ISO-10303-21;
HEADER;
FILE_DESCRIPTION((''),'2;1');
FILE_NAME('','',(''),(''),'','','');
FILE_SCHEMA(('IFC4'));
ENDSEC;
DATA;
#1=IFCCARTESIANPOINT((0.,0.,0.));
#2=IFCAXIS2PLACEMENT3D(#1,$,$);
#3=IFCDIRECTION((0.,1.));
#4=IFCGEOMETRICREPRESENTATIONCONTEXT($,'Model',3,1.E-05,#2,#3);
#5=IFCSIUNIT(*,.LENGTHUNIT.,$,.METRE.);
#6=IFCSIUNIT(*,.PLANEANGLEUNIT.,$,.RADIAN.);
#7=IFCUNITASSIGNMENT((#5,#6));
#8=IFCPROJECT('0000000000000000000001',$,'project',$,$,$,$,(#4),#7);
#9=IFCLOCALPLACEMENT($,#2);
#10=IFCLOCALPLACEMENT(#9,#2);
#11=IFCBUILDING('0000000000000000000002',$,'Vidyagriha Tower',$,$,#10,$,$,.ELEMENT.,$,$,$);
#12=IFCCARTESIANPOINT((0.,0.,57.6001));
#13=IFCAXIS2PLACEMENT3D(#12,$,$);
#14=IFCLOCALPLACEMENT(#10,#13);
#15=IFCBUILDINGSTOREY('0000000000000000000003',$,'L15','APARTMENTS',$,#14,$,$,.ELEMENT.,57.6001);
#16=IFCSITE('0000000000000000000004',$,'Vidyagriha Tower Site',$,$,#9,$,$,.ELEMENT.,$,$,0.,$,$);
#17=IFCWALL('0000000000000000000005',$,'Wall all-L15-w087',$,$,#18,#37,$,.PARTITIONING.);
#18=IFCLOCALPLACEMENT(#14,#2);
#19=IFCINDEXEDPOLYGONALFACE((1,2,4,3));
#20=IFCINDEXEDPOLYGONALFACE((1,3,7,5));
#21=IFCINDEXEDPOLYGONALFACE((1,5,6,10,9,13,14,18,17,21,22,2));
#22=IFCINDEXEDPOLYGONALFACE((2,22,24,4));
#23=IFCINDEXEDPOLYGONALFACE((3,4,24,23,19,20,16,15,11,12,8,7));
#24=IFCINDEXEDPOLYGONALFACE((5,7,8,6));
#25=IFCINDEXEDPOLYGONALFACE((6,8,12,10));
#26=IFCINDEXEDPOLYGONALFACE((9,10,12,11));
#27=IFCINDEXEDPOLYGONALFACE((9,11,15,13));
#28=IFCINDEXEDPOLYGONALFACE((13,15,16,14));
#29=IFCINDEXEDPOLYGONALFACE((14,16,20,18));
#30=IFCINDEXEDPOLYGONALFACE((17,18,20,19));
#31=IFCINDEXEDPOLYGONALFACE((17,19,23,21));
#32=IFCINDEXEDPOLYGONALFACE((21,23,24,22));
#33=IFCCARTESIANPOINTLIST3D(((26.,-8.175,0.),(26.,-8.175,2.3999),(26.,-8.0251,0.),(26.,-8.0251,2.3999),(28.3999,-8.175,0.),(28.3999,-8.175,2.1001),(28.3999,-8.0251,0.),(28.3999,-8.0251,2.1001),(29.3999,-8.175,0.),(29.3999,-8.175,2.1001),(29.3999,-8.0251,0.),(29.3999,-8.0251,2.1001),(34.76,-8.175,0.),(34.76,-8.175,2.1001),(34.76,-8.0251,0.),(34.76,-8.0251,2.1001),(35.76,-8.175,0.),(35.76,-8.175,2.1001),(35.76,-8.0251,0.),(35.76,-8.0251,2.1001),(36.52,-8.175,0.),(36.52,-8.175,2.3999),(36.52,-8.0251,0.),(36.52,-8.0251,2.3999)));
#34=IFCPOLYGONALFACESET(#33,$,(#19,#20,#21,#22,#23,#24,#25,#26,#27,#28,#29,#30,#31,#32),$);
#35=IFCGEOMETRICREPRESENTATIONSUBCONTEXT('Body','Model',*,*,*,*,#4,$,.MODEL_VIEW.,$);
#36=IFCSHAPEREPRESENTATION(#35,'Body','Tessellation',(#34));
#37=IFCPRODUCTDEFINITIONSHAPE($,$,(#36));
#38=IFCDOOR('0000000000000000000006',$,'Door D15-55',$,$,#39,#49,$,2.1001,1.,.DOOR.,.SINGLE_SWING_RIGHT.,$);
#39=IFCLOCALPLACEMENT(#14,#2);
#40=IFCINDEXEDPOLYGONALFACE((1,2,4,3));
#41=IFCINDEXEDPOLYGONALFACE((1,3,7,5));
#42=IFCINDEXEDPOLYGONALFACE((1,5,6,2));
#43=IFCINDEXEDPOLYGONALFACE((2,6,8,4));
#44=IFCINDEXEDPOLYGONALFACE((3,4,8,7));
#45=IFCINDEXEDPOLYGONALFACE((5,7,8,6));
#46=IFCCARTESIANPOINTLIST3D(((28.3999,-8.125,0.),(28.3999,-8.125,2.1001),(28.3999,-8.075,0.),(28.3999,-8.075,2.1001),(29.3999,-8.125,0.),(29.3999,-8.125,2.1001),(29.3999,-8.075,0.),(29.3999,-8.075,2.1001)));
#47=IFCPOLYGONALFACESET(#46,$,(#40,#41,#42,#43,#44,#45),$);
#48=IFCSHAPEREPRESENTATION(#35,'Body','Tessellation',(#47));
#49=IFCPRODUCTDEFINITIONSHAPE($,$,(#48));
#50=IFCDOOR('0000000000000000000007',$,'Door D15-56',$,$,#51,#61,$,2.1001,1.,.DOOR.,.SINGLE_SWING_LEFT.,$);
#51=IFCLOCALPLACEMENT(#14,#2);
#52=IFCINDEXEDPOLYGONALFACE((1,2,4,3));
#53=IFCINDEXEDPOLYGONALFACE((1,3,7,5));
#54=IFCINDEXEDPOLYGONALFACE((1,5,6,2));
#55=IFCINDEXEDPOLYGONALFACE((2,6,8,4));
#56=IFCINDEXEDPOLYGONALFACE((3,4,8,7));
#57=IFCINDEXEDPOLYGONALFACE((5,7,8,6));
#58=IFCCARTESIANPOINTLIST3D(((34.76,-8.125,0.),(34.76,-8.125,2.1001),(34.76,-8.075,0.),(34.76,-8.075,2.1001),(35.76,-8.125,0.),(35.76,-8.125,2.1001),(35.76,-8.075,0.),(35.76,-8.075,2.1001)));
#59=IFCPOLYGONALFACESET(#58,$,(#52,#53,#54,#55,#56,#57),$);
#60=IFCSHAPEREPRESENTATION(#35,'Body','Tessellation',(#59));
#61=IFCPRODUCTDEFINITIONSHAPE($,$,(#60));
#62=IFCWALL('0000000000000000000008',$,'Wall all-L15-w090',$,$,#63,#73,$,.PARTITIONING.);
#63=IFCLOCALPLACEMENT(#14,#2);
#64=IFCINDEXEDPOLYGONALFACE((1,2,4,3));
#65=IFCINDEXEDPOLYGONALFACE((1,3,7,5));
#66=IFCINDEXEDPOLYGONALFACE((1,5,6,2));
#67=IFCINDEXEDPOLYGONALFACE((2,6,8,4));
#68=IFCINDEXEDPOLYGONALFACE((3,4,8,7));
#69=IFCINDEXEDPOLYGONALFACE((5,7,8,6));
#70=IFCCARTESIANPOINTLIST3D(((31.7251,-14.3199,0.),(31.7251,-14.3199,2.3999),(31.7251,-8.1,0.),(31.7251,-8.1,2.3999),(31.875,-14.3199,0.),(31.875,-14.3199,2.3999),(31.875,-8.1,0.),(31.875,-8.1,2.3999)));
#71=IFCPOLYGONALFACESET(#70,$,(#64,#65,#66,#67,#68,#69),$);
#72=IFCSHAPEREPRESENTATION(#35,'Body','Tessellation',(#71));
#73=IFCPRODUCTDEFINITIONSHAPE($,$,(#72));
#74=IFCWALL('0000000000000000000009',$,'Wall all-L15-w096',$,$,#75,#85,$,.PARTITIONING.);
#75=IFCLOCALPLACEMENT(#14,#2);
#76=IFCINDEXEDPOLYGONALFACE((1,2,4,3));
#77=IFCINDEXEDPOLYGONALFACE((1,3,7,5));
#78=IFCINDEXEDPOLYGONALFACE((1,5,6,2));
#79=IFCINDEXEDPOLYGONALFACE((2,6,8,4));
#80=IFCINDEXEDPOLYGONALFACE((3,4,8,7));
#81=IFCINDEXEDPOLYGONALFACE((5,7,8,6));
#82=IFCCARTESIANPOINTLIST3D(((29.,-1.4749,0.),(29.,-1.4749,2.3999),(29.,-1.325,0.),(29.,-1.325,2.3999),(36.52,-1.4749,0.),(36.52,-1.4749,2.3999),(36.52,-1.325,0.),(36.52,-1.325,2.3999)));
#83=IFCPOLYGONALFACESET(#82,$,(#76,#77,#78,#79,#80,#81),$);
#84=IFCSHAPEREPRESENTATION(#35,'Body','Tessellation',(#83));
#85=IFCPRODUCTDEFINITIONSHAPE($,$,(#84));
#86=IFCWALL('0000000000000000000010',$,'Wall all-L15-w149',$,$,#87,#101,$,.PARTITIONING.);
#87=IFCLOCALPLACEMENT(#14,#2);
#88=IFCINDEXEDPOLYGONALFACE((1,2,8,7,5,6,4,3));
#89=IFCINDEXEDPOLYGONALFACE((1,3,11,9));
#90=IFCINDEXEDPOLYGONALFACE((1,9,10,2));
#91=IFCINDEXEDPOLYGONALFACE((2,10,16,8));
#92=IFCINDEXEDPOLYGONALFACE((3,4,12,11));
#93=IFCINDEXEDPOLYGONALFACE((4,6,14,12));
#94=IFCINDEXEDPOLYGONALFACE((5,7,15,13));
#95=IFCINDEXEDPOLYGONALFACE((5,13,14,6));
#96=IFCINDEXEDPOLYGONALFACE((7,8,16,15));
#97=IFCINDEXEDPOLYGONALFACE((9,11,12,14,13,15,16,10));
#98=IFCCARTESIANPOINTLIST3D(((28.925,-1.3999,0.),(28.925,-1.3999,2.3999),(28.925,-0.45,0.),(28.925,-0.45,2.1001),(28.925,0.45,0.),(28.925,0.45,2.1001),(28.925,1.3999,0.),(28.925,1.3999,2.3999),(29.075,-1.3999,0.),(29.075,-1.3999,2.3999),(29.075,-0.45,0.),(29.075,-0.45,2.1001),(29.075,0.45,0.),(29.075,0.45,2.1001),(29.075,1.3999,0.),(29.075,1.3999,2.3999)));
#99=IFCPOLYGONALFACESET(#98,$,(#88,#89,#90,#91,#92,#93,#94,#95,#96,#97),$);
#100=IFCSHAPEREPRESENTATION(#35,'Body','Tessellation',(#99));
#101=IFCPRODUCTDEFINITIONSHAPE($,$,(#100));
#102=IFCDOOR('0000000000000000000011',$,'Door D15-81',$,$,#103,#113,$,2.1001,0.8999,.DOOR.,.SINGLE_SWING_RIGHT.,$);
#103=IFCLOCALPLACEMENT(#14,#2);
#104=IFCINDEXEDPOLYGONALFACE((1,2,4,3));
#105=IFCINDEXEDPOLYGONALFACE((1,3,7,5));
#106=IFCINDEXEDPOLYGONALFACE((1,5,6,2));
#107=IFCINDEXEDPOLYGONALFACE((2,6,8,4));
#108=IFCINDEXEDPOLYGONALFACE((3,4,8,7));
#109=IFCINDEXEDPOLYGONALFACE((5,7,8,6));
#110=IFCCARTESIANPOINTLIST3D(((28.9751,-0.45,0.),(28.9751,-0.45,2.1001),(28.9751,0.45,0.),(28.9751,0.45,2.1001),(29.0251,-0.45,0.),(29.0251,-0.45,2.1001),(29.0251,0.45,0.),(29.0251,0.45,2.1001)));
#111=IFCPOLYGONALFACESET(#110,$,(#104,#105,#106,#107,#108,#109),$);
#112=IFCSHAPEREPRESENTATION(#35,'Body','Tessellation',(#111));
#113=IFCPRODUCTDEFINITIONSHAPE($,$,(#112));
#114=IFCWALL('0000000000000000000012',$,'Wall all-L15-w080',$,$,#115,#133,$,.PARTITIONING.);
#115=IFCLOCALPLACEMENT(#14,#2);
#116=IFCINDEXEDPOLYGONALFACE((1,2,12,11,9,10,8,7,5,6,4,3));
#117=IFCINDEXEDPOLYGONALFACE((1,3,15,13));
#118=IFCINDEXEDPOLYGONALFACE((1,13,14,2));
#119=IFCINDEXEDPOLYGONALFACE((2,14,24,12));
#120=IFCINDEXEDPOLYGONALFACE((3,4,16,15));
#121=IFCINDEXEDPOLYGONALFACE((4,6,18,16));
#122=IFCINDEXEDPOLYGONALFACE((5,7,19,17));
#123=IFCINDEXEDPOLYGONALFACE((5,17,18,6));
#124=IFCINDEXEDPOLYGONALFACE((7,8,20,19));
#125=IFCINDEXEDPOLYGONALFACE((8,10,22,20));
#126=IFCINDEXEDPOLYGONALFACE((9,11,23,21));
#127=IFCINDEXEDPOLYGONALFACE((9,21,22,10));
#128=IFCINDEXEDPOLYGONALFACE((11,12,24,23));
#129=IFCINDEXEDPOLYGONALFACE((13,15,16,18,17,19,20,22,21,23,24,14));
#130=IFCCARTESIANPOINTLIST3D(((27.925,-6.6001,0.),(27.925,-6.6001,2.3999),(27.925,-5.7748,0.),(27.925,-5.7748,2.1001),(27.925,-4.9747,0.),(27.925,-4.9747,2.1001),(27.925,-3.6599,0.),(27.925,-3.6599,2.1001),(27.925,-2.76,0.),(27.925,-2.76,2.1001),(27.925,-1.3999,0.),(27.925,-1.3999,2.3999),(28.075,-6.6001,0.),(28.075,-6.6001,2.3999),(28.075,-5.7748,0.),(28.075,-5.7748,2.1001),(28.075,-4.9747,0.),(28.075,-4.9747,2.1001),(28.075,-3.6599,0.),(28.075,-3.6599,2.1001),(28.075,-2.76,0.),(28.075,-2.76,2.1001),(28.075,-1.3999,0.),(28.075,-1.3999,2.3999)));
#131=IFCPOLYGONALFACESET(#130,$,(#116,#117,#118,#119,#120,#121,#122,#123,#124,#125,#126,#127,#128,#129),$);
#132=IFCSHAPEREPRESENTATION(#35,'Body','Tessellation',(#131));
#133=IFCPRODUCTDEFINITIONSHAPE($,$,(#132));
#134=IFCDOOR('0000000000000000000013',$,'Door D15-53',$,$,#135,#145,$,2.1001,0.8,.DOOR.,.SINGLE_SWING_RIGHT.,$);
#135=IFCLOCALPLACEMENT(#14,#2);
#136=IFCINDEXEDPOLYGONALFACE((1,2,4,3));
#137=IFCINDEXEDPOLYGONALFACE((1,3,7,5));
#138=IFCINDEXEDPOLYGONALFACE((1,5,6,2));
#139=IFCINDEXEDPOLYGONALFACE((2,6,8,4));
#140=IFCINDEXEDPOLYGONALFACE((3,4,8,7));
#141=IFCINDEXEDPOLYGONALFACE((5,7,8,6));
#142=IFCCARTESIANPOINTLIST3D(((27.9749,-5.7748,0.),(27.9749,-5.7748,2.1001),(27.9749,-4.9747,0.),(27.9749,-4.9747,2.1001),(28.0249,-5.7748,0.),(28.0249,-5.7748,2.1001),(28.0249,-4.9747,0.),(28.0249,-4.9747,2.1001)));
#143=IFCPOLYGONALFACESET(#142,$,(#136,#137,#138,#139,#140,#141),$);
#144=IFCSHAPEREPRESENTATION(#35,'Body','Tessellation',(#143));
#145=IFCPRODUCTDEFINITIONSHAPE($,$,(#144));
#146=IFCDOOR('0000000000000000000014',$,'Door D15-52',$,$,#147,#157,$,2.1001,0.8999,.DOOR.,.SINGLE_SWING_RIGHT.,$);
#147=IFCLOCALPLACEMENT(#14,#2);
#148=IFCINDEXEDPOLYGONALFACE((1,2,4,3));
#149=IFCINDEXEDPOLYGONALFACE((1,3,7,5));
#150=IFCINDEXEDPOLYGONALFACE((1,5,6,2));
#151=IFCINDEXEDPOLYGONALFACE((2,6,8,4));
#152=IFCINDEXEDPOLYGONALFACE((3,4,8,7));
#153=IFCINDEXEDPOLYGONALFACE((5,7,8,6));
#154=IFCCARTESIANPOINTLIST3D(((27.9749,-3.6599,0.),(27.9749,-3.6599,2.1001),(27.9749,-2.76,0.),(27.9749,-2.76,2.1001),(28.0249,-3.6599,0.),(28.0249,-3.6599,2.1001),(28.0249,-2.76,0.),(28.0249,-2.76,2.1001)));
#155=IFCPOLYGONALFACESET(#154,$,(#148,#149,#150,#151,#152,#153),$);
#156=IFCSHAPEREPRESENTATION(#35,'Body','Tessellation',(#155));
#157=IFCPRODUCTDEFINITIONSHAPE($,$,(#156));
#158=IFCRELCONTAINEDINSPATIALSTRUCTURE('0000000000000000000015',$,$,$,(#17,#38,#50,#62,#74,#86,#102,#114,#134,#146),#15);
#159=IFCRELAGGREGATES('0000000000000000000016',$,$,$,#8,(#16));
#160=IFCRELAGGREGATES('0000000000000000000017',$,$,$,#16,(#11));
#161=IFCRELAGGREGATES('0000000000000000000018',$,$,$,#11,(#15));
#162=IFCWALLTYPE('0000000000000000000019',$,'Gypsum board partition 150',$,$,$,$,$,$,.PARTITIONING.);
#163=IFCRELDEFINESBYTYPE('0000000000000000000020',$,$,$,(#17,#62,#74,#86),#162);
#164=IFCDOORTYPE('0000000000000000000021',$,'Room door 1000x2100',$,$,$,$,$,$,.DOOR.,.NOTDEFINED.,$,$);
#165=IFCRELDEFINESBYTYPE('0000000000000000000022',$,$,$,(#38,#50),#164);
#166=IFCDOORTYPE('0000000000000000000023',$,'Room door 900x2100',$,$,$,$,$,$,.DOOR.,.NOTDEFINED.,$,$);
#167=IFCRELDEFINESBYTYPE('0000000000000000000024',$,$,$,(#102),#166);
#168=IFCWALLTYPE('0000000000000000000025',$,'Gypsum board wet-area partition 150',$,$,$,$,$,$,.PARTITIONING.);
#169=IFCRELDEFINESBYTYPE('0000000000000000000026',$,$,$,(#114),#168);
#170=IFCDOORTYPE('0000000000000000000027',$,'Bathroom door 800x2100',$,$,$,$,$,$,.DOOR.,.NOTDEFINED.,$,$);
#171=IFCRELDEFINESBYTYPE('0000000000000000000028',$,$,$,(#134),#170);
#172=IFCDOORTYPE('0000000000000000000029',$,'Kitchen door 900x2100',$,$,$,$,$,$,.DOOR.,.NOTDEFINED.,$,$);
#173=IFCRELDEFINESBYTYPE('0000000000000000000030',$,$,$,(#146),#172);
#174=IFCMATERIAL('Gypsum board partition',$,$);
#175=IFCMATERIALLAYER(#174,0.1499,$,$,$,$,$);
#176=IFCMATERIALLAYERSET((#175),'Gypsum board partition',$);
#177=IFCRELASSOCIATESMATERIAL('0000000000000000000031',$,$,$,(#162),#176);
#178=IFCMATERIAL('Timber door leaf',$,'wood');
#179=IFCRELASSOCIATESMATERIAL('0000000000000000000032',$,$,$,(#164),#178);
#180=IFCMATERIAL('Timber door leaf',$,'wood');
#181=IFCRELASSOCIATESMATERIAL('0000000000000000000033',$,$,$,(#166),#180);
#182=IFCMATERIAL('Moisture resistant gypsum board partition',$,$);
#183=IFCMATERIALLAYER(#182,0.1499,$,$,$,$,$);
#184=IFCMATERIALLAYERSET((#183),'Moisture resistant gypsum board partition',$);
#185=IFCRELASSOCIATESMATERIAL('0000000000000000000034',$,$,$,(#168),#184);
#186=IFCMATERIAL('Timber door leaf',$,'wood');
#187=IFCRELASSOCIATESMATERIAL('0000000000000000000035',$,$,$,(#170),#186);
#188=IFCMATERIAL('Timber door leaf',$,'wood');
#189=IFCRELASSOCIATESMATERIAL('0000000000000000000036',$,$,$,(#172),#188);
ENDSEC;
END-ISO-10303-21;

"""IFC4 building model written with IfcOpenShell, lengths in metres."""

from ifc_helpers import new_model, si_unit, direction, frame, frame_2d, origin, place, context, subcontext, project, spatial, rectangle, extrude, material, layer, layer_set, type_object, element, fill, save


model = new_model("IFC4")

# Units and contexts
model_context = context("Model", 3, precision=1e-05, world=origin(), true_north=direction((0.0, 1.0)))
body_context = subcontext(model_context, "Body", "Model", "MODEL_VIEW")
ifc_project = project(units=[si_unit("LENGTHUNIT", "METRE"), si_unit("PLANEANGLEUNIT", "RADIAN")], contexts=[model_context])

# Site, building, storey
site_placement = place(None, origin())
site = spatial("IfcSite", under=ifc_project, at=site_placement, Name="Vidyagriha Tower Site", CompositionType="ELEMENT", RefElevation=0.0)
building_placement = place(site_placement, origin())
building = spatial("IfcBuilding", under=site, at=building_placement, Name="Vidyagriha Tower", CompositionType="ELEMENT")
storey_placement = place(building_placement, frame((0.0, 0.0, 57.6001)))
storey = spatial("IfcBuildingStorey", under=building, at=storey_placement, Name="L15", Description="APARTMENTS", CompositionType="ELEMENT", Elevation=57.6001)

# Shared definitions
ifc_material_1 = material(Name="Gypsum board partition")
ifc_layer_1 = layer(ifc_material_1, 0.1499)
ifc_layer_set_1 = layer_set([ifc_layer_1], Name="Gypsum board partition")
wall_type_1 = type_object("IfcWallType", Name="Gypsum board partition 150", PredefinedType="PARTITIONING", material=ifc_layer_set_1)
ifc_material_2 = material(Name="Timber door leaf", Category="wood")
door_type_1 = type_object("IfcDoorType", Name="Room door 1000x2100", OperationType="NOTDEFINED", PredefinedType="DOOR", material=ifc_material_2)
ifc_material_3 = material(Name="Timber door leaf", Category="wood")
door_type_2 = type_object("IfcDoorType", Name="Room door 900x2100", OperationType="NOTDEFINED", PredefinedType="DOOR", material=ifc_material_3)

# Wall, openings, doors
wall_1_placement = place(storey_placement, frame((36.52, -8.1001, 0.0), z_axis=(0.0, 0.0, 1.0), x_axis=(-1.0, 0.0, 0.0)))
wall_1 = element("IfcWall", 1, at=wall_1_placement, inside=storey, type_object=wall_type_1, Name="Wall all-L15-w087", PredefinedType="PARTITIONING", context=body_context, shape_type="SweptSolid", body=[
    extrude(rectangle(XDim=10.52, YDim=0.1499, at=frame_2d((5.26, 0.0))), origin(), (0.0, 0.0, 1.0), 2.3999),
])
opening_1_placement = place(wall_1_placement, frame((7.1201, 0.0, 0.0)))
opening_1 = element("IfcOpeningElement", 2, at=opening_1_placement, cuts=wall_1, PredefinedType="OPENING", context=body_context, shape_type="SweptSolid", body=[
    extrude(rectangle(XDim=1.0, YDim=2.1001, at=frame_2d((0.5, 1.05))), frame((0.0, 0.085, 0.0), z_axis=(0.0, -1.0, 0.0), x_axis=(1.0, 0.0, 0.0)), (0.0, 0.0, 1.0), 0.1699),
])
opening_2_placement = place(wall_1_placement, frame((0.76, 0.0, 0.0)))
opening_2 = element("IfcOpeningElement", 3, at=opening_2_placement, cuts=wall_1, PredefinedType="OPENING", context=body_context, shape_type="SweptSolid", body=[
    extrude(rectangle(XDim=1.0, YDim=2.1001, at=frame_2d((0.5, 1.05))), frame((0.0, 0.085, 0.0), z_axis=(0.0, -1.0, 0.0), x_axis=(1.0, 0.0, 0.0)), (0.0, 0.0, 1.0), 0.1699),
])
door_1_placement = place(opening_1_placement, origin())
door_1 = element("IfcDoor", 4, at=door_1_placement, inside=storey, type_object=door_type_1, Name="Door D15-55", OperationType="SINGLE_SWING_RIGHT", OverallHeight=2.1001, OverallWidth=1.0, PredefinedType="DOOR", context=body_context, shape_type="SweptSolid", body=[
    extrude(rectangle(XDim=1.0, YDim=2.1001, at=frame_2d((0.5, 1.05))), frame((0.0, 0.0249, 0.0), z_axis=(0.0, -1.0, 0.0), x_axis=(1.0, 0.0, 0.0)), (0.0, 0.0, 1.0), 0.05),
])
fill(opening_1, door_1)
door_2_placement = place(opening_2_placement, origin())
door_2 = element("IfcDoor", 5, at=door_2_placement, inside=storey, type_object=door_type_1, Name="Door D15-56", OperationType="SINGLE_SWING_LEFT", OverallHeight=2.1001, OverallWidth=1.0, PredefinedType="DOOR", context=body_context, shape_type="SweptSolid", body=[
    extrude(rectangle(XDim=1.0, YDim=2.1001, at=frame_2d((0.5, 1.05))), frame((0.0, 0.0249, 0.0), z_axis=(0.0, -1.0, 0.0), x_axis=(1.0, 0.0, 0.0)), (0.0, 0.0, 1.0), 0.05),
])
fill(opening_2, door_2)

# Walls
wall_2_placement = place(storey_placement, frame((31.8, -8.1001, 0.0), z_axis=(0.0, 0.0, 1.0), x_axis=(0.0, -1.0, 0.0)))
element("IfcWall", 6, at=wall_2_placement, inside=storey, type_object=wall_type_1, Name="Wall all-L15-w090", PredefinedType="PARTITIONING", context=body_context, shape_type="SweptSolid", body=[
    extrude(rectangle(XDim=6.22, YDim=0.1499, at=frame_2d((3.1099, 0.0))), origin(), (0.0, 0.0, 1.0), 2.3999),
])
wall_3_placement = place(storey_placement, frame((36.52, -1.3999, 0.0), z_axis=(0.0, 0.0, 1.0), x_axis=(-1.0, 0.0, 0.0)))
element("IfcWall", 7, at=wall_3_placement, inside=storey, type_object=wall_type_1, Name="Wall all-L15-w096", PredefinedType="PARTITIONING", context=body_context, shape_type="SweptSolid", body=[
    extrude(rectangle(XDim=7.52, YDim=0.1499, at=frame_2d((3.76, 0.0))), origin(), (0.0, 0.0, 1.0), 2.3999),
])

# Wall, opening, door
wall_4_placement = place(storey_placement, frame((29.0, -1.3999, 0.0), z_axis=(0.0, 0.0, 1.0), x_axis=(0.0, 1.0, 0.0)))
wall_4 = element("IfcWall", 8, at=wall_4_placement, inside=storey, type_object=wall_type_1, Name="Wall all-L15-w149", PredefinedType="PARTITIONING", context=body_context, shape_type="SweptSolid", body=[
    extrude(rectangle(XDim=2.7998, YDim=0.1499, at=frame_2d((1.3999, 0.0))), origin(), (0.0, 0.0, 1.0), 2.3999),
])
opening_3_placement = place(wall_4_placement, frame((0.95, 0.0, 0.0)))
opening_3 = element("IfcOpeningElement", 9, at=opening_3_placement, cuts=wall_4, PredefinedType="OPENING", context=body_context, shape_type="SweptSolid", body=[
    extrude(rectangle(XDim=0.8999, YDim=2.1001, at=frame_2d((0.45, 1.05))), frame((0.0, 0.085, 0.0), z_axis=(0.0, -1.0, 0.0), x_axis=(1.0, 0.0, 0.0)), (0.0, 0.0, 1.0), 0.1699),
])
door_3_placement = place(opening_3_placement, origin())
door_3 = element("IfcDoor", 10, at=door_3_placement, inside=storey, type_object=door_type_2, Name="Door D15-81", OperationType="SINGLE_SWING_RIGHT", OverallHeight=2.1001, OverallWidth=0.8999, PredefinedType="DOOR", context=body_context, shape_type="SweptSolid", body=[
    extrude(rectangle(XDim=0.8999, YDim=2.1001, at=frame_2d((0.45, 1.05))), frame((0.0, 0.0249, 0.0), z_axis=(0.0, -1.0, 0.0), x_axis=(1.0, 0.0, 0.0)), (0.0, 0.0, 1.0), 0.05),
])
fill(opening_3, door_3)

# Wall, openings, doors
ifc_material_4 = material(Name="Moisture resistant gypsum board partition")
ifc_layer_2 = layer(ifc_material_4, 0.1499)
ifc_layer_set_2 = layer_set([ifc_layer_2], Name="Moisture resistant gypsum board partition")
wall_type_2 = type_object("IfcWallType", Name="Gypsum board wet-area partition 150", PredefinedType="PARTITIONING", material=ifc_layer_set_2)
wall_5_placement = place(storey_placement, frame((28.0, -1.3999, 0.0), z_axis=(0.0, 0.0, 1.0), x_axis=(0.0, -1.0, 0.0)))
wall_5 = element("IfcWall", 11, at=wall_5_placement, inside=storey, type_object=wall_type_2, Name="Wall all-L15-w080", PredefinedType="PARTITIONING", context=body_context, shape_type="SweptSolid", body=[
    extrude(rectangle(XDim=5.2002, YDim=0.1499, at=frame_2d((2.6001, 0.0))), origin(), (0.0, 0.0, 1.0), 2.3999),
])
opening_4_placement = place(wall_5_placement, frame((1.3601, 0.0, 0.0)))
opening_4 = element("IfcOpeningElement", 12, at=opening_4_placement, cuts=wall_5, PredefinedType="OPENING", context=body_context, shape_type="SweptSolid", body=[
    extrude(rectangle(XDim=0.8999, YDim=2.1001, at=frame_2d((0.45, 1.05))), frame((0.0, 0.085, 0.0), z_axis=(0.0, -1.0, 0.0), x_axis=(1.0, 0.0, 0.0)), (0.0, 0.0, 1.0), 0.1699),
])
opening_5_placement = place(wall_5_placement, frame((3.575, 0.0, 0.0)))
opening_5 = element("IfcOpeningElement", 13, at=opening_5_placement, cuts=wall_5, PredefinedType="OPENING", context=body_context, shape_type="SweptSolid", body=[
    extrude(rectangle(XDim=0.8, YDim=2.1001, at=frame_2d((0.3999, 1.05))), frame((0.0, 0.085, 0.0), z_axis=(0.0, -1.0, 0.0), x_axis=(1.0, 0.0, 0.0)), (0.0, 0.0, 1.0), 0.1699),
])
ifc_material_5 = material(Name="Timber door leaf", Category="wood")
door_type_3 = type_object("IfcDoorType", Name="Bathroom door 800x2100", OperationType="NOTDEFINED", PredefinedType="DOOR", material=ifc_material_5)
door_4_placement = place(opening_5_placement, origin())
door_4 = element("IfcDoor", 14, at=door_4_placement, inside=storey, type_object=door_type_3, Name="Door D15-53", OperationType="SINGLE_SWING_RIGHT", OverallHeight=2.1001, OverallWidth=0.8, PredefinedType="DOOR", context=body_context, shape_type="SweptSolid", body=[
    extrude(rectangle(XDim=0.8, YDim=2.1001, at=frame_2d((0.3999, 1.05))), frame((0.0, 0.0249, 0.0), z_axis=(0.0, -1.0, 0.0), x_axis=(1.0, 0.0, 0.0)), (0.0, 0.0, 1.0), 0.05),
])
fill(opening_5, door_4)
ifc_material_6 = material(Name="Timber door leaf", Category="wood")
door_type_4 = type_object("IfcDoorType", Name="Kitchen door 900x2100", OperationType="NOTDEFINED", PredefinedType="DOOR", material=ifc_material_6)
door_5_placement = place(opening_4_placement, origin())
door_5 = element("IfcDoor", 15, at=door_5_placement, inside=storey, type_object=door_type_4, Name="Door D15-52", OperationType="SINGLE_SWING_RIGHT", OverallHeight=2.1001, OverallWidth=0.8999, PredefinedType="DOOR", context=body_context, shape_type="SweptSolid", body=[
    extrude(rectangle(XDim=0.8999, YDim=2.1001, at=frame_2d((0.45, 1.05))), frame((0.0, 0.0249, 0.0), z_axis=(0.0, -1.0, 0.0), x_axis=(1.0, 0.0, 0.0)), (0.0, 0.0, 1.0), 0.05),
])
fill(opening_4, door_5)

save(model, "model.ifc")
